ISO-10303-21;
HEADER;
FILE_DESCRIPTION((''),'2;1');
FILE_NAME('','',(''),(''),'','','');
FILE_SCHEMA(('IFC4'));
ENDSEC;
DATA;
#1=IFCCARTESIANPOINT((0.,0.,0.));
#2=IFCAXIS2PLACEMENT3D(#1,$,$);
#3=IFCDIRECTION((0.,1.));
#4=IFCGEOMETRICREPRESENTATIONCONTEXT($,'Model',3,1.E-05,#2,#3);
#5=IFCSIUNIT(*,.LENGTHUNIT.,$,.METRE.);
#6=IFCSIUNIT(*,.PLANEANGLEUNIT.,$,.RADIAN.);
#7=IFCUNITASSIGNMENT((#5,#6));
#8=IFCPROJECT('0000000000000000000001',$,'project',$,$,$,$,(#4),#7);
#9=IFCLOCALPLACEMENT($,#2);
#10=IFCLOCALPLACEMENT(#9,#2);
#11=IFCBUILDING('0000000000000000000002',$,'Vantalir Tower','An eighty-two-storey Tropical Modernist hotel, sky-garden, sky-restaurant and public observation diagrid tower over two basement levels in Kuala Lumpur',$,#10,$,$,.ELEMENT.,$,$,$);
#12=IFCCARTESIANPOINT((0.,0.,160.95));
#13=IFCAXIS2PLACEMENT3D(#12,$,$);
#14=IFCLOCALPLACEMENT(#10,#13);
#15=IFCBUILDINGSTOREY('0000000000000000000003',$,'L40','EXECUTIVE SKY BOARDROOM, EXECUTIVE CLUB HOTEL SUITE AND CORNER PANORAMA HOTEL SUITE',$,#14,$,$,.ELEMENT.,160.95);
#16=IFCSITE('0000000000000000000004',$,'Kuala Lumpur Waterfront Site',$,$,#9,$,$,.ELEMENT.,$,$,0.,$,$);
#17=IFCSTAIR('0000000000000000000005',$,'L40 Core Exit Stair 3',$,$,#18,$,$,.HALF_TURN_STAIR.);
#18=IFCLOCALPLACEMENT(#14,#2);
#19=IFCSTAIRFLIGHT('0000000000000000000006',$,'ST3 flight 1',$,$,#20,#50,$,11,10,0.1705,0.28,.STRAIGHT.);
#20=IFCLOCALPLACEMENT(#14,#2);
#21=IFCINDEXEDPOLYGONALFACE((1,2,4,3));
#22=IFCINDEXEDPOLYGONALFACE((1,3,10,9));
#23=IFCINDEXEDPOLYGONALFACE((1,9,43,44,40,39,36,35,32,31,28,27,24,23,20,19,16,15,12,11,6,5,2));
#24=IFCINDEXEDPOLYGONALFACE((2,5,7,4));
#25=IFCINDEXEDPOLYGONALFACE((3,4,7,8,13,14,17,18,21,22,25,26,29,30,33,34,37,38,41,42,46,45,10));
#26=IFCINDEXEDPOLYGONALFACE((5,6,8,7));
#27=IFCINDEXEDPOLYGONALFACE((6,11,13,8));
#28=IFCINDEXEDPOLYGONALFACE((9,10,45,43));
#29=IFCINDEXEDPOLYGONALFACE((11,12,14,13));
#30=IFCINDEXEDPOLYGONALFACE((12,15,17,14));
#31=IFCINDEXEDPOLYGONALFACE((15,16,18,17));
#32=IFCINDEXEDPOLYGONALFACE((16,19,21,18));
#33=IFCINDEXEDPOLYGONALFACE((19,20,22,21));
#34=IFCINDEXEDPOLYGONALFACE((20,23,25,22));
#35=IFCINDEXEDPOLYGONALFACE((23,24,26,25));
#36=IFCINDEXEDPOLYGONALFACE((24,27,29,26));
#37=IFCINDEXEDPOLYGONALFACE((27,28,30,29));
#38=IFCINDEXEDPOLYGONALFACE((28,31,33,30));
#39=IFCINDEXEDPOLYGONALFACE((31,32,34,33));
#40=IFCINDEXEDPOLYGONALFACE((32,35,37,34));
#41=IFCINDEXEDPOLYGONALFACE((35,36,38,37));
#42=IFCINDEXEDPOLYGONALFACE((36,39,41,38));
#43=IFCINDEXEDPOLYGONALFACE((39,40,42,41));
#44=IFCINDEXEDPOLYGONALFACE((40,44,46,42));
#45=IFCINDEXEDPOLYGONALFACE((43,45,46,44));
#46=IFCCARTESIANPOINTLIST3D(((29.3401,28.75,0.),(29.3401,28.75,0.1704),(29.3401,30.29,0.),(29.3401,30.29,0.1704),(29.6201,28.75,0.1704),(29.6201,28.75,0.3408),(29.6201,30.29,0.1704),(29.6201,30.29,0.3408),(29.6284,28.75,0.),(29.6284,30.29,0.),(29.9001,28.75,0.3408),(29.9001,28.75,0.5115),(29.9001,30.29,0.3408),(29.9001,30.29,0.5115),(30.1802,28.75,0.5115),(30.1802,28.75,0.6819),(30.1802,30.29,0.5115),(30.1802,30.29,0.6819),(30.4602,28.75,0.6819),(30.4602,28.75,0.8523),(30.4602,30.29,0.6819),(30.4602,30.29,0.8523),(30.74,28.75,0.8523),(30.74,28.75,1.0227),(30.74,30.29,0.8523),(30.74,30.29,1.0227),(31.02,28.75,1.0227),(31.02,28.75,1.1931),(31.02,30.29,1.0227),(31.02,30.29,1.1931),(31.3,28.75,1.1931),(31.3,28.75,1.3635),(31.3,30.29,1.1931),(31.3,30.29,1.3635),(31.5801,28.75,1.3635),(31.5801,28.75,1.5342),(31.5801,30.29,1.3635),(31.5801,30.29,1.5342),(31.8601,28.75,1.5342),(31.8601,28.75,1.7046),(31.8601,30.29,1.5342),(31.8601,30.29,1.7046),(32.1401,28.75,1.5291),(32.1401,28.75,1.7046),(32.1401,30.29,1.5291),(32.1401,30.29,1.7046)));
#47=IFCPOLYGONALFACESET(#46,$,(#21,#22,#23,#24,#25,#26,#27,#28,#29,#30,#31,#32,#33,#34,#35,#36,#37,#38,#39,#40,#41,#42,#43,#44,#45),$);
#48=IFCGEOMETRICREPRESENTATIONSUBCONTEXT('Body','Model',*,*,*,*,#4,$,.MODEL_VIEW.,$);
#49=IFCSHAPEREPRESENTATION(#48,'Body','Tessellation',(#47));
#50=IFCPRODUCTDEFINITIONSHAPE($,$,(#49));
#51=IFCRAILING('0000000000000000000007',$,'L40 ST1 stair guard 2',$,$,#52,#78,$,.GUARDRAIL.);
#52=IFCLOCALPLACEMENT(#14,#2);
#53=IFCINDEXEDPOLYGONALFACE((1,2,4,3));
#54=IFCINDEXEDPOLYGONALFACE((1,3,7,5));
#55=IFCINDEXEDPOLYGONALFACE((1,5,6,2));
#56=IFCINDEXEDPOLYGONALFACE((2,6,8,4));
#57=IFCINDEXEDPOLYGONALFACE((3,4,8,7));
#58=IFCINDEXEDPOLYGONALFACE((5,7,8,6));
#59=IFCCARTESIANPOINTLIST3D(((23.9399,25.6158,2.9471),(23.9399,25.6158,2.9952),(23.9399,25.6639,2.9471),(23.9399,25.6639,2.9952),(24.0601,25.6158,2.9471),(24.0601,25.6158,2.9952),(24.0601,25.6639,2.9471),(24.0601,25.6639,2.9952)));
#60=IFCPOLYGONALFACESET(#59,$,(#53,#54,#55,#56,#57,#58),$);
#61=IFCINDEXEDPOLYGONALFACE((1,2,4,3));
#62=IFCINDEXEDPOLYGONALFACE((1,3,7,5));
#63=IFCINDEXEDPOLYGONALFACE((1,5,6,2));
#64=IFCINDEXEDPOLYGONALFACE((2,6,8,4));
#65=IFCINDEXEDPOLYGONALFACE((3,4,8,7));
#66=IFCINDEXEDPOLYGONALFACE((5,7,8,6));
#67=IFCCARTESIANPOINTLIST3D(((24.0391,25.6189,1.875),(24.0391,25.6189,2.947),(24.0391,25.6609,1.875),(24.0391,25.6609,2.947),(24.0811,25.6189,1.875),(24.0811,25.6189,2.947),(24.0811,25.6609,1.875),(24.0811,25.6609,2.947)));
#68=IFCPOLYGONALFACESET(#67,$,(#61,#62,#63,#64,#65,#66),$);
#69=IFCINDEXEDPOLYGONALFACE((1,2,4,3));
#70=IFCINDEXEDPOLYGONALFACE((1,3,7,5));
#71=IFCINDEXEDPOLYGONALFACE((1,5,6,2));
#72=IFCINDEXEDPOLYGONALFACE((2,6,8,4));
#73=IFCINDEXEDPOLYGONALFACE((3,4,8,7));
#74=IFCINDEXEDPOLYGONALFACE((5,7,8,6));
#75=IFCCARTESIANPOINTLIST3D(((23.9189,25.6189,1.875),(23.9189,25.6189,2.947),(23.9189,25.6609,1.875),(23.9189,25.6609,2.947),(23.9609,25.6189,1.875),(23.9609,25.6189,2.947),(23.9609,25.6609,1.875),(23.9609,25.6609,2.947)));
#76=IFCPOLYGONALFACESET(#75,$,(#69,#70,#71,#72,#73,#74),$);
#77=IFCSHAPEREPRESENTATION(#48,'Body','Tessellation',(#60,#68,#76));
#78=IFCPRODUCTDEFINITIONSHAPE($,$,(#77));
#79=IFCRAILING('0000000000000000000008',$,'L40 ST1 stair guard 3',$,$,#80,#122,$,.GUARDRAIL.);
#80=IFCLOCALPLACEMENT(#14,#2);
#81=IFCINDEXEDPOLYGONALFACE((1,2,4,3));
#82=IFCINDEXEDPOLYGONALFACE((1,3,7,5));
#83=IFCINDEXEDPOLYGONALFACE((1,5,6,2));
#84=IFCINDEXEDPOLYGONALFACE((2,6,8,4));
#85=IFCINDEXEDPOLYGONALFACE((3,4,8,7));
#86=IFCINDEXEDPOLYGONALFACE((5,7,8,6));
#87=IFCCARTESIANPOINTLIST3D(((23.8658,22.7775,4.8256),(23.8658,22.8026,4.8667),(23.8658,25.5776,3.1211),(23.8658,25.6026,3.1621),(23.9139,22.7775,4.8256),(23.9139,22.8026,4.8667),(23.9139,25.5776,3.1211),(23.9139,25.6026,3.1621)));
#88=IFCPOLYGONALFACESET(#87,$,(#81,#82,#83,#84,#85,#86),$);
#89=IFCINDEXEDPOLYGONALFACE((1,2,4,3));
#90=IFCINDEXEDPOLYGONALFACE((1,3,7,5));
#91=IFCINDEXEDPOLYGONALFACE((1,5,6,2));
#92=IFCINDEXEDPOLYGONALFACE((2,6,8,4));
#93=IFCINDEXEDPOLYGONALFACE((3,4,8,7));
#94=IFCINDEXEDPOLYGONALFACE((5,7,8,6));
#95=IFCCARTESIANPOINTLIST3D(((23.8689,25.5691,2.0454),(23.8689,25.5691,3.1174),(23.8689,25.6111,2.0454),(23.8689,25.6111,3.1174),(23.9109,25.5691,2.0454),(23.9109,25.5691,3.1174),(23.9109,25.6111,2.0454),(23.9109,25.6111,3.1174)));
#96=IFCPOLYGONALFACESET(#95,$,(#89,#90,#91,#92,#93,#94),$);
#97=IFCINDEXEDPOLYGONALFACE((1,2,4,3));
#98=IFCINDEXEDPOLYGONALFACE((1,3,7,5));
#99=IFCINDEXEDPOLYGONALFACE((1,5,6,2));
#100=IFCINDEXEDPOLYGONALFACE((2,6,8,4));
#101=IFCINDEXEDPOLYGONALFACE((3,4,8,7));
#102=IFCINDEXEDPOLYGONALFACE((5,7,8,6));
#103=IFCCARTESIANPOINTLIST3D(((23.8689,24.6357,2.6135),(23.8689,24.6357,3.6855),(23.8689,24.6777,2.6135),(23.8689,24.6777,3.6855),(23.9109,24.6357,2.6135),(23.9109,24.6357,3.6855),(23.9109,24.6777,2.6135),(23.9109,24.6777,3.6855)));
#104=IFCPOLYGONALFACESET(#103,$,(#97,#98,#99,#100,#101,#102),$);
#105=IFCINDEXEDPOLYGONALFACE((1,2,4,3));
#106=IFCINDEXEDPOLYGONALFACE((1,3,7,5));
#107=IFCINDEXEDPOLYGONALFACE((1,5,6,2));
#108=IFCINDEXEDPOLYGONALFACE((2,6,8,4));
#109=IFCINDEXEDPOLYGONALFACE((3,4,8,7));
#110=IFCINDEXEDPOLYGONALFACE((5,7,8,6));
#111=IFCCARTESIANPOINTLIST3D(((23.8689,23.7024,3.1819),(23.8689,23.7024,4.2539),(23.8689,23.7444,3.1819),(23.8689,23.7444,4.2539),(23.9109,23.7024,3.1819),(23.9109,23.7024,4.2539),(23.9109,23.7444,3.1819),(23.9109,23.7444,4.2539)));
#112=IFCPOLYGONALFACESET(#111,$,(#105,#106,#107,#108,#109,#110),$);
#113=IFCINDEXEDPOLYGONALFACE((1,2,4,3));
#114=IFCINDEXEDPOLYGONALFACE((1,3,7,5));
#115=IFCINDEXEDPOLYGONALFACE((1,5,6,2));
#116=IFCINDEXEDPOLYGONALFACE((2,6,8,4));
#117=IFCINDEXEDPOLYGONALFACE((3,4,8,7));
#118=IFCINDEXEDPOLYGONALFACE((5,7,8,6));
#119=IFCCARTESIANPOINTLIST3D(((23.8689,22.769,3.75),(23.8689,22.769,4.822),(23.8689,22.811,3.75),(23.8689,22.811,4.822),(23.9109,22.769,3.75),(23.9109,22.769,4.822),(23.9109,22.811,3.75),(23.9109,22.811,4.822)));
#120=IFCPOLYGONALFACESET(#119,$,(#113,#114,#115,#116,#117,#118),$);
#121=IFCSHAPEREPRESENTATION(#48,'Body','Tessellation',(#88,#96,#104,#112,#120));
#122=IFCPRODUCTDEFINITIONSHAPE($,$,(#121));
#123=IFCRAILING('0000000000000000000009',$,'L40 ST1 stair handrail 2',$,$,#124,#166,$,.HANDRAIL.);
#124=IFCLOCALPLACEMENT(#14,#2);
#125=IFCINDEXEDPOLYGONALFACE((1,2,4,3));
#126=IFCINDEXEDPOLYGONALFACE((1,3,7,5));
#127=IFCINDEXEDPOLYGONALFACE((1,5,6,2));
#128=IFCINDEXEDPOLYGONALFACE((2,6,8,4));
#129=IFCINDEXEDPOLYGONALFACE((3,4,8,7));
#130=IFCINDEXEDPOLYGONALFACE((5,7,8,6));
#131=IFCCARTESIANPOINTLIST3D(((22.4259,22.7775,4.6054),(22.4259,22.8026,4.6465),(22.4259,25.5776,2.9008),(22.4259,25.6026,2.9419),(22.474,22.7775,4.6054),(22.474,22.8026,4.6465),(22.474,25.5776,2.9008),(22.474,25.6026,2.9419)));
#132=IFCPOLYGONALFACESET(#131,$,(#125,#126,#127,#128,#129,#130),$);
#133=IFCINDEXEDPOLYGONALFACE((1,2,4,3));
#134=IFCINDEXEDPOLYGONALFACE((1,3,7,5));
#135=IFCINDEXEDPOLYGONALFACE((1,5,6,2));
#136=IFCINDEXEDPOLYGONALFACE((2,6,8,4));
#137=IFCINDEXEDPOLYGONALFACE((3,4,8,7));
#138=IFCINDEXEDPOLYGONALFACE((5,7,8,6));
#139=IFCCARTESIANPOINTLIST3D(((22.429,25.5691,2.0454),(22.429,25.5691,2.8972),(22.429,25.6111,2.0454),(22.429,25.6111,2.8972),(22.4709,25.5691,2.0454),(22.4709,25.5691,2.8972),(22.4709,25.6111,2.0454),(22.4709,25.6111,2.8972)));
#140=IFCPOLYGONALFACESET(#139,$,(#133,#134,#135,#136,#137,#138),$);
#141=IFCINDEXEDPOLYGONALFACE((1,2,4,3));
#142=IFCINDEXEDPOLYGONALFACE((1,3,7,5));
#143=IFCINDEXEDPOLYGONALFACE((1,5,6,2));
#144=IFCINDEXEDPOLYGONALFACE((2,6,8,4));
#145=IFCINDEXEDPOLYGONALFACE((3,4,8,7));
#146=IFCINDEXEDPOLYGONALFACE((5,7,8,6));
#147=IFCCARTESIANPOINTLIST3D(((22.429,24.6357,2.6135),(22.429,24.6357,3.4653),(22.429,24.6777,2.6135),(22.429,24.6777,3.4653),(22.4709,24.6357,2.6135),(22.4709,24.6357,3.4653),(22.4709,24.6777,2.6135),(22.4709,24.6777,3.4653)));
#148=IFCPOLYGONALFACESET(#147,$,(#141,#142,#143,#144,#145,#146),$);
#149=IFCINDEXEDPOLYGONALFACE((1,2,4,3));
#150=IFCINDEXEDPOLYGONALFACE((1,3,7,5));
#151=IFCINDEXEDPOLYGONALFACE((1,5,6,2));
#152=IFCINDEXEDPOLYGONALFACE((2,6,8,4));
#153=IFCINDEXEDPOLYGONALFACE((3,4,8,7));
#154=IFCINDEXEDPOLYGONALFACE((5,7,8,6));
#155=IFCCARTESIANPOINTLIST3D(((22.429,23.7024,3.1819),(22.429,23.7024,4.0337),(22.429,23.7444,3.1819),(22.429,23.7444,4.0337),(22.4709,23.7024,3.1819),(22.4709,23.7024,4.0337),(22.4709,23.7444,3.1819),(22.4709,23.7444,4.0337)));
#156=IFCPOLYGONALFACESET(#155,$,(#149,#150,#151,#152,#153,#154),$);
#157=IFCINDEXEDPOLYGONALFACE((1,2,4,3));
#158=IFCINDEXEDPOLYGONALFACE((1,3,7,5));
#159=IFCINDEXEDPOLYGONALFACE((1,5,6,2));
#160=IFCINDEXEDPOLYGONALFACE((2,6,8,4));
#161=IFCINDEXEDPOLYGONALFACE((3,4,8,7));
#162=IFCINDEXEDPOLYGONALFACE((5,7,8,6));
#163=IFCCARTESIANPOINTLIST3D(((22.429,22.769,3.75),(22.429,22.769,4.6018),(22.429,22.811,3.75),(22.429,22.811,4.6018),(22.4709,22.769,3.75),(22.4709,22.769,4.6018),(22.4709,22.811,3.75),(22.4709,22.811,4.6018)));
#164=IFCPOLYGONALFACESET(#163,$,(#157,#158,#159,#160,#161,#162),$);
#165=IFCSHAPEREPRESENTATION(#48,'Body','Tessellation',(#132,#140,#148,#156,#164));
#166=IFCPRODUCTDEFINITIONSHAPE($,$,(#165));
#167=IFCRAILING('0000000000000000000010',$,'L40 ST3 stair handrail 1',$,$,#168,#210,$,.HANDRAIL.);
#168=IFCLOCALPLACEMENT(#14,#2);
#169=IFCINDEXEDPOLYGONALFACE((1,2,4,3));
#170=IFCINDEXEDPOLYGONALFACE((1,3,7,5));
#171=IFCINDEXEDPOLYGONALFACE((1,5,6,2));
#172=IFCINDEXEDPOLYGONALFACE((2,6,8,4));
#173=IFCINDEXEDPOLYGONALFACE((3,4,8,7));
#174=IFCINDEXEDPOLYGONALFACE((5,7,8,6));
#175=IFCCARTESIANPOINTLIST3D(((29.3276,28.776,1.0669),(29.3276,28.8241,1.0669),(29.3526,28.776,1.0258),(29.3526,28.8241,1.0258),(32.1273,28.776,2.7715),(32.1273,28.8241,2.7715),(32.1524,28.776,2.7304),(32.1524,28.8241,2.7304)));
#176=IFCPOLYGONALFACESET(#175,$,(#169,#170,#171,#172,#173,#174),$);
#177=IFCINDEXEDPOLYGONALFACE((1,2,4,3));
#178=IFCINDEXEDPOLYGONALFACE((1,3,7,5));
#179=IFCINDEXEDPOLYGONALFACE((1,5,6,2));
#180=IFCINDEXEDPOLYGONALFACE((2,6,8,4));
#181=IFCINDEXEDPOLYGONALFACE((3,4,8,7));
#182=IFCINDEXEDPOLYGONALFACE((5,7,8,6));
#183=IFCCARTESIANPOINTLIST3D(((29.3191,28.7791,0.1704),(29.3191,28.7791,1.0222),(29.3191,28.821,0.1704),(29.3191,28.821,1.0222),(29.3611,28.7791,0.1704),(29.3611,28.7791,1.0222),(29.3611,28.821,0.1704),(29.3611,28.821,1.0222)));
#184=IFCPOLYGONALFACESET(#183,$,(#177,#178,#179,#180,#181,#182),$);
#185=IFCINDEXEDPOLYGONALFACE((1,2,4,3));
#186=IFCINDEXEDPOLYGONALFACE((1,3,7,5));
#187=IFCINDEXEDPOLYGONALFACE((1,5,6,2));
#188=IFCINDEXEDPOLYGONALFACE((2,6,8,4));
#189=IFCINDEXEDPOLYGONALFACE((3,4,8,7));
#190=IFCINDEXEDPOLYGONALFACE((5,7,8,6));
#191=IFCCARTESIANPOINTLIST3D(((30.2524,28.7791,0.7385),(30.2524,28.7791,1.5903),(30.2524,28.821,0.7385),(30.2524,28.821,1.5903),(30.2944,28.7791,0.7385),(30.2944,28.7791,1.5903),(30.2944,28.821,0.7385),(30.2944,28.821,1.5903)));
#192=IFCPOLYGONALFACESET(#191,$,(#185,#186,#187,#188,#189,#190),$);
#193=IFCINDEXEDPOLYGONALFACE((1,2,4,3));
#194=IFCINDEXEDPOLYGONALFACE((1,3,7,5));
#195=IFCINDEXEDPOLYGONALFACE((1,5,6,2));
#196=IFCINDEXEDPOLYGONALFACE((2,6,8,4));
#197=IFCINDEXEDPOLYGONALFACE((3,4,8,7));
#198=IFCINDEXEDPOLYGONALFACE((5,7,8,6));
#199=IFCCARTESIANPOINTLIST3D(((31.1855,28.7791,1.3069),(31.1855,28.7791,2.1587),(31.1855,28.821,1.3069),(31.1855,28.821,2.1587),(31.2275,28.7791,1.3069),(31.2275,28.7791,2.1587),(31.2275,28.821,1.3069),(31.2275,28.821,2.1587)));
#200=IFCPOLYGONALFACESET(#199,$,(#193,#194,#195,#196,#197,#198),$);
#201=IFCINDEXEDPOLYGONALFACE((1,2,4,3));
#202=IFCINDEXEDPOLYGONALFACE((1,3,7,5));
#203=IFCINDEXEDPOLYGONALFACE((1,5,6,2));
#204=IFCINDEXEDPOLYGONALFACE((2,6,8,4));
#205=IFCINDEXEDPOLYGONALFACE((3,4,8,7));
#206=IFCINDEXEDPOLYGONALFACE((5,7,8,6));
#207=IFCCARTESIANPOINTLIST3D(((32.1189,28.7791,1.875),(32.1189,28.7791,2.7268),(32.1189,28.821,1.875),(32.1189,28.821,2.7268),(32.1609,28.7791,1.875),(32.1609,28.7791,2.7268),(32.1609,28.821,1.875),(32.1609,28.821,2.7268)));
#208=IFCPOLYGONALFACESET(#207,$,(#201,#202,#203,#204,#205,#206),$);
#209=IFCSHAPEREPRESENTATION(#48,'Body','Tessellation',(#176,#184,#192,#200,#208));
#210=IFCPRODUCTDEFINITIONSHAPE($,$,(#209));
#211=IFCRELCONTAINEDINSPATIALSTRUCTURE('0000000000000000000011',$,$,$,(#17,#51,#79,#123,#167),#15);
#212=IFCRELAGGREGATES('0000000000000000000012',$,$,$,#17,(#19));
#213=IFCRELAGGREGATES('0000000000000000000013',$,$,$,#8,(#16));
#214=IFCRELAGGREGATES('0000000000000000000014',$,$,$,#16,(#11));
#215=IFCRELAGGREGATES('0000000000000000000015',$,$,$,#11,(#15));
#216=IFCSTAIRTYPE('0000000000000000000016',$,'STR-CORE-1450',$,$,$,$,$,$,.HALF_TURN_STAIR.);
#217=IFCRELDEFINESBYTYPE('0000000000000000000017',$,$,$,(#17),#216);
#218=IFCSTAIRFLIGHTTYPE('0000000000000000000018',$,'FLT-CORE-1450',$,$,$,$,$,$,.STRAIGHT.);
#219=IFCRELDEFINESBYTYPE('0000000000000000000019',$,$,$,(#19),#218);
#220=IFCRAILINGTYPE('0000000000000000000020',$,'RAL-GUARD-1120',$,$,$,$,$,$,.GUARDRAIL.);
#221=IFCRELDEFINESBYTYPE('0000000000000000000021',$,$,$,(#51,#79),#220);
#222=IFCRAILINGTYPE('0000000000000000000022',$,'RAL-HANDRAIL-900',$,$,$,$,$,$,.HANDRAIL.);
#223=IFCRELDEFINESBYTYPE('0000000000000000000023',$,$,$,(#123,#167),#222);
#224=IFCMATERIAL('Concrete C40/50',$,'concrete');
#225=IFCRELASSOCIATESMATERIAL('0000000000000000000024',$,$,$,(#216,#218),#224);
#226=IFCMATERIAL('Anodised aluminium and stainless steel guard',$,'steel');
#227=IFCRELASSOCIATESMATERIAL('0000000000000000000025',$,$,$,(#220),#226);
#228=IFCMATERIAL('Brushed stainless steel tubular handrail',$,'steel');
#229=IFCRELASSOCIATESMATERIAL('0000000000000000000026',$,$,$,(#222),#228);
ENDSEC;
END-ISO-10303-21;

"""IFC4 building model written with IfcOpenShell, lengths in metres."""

from ifc_helpers import new_model, si_unit, direction, frame, origin, origin_2d, place, context, subcontext, project, spatial, polyline, rectangle, outline, extrude, material, type_object, element, aggregate, save


model = new_model("IFC4")

# Units and contexts
model_context = context("Model", 3, precision=1e-05, world=origin(), true_north=direction((0.0, 1.0)))
body_context = subcontext(model_context, "Body", "Model", "MODEL_VIEW")
ifc_project = project(units=[si_unit("LENGTHUNIT", "METRE"), si_unit("PLANEANGLEUNIT", "RADIAN")], contexts=[model_context])

# Site, building, storey
site_placement = place(None, origin())
site = spatial("IfcSite", under=ifc_project, at=site_placement, Name="Kuala Lumpur Waterfront Site", CompositionType="ELEMENT", RefElevation=0.0)
building_placement = place(site_placement, origin())
building = spatial("IfcBuilding", under=site, at=building_placement, Name="Vantalir Tower", Description="An eighty-two-storey Tropical Modernist hotel, sky-garden, sky-restaurant and public observation diagrid tower over two basement levels in Kuala Lumpur", CompositionType="ELEMENT")
storey_placement = place(building_placement, frame((0.0, 0.0, 160.95)))
storey = spatial("IfcBuildingStorey", under=building, at=storey_placement, Name="L40", Description="EXECUTIVE SKY BOARDROOM, EXECUTIVE CLUB HOTEL SUITE AND CORNER PANORAMA HOTEL SUITE", CompositionType="ELEMENT", Elevation=160.95)

# Stair, stair flight
ifc_material_1 = material(Name="Concrete C40/50", Category="concrete")
stair_type = type_object("IfcStairType", Name="STR-CORE-1450", PredefinedType="HALF_TURN_STAIR", material=ifc_material_1)
stair_flight_type = type_object("IfcStairFlightType", Name="FLT-CORE-1450", PredefinedType="STRAIGHT", material=ifc_material_1)
stair_1_placement = place(storey_placement, origin())
stair_1 = element("IfcStair", 1, at=stair_1_placement, inside=storey, type_object=stair_type, Name="L40 Core Exit Stair 3", PredefinedType="HALF_TURN_STAIR")
stair_flight_1_placement = place(storey_placement, frame((29.3401, 29.52, 0.0), z_axis=(0.0, 0.0, 1.0), x_axis=(1.0, 0.0, 0.0)))
stair_flight_1 = element("IfcStairFlight", 2, at=stair_flight_1_placement, type_object=stair_flight_type, Name="ST3 flight 1", NumberOfRisers=11, NumberOfTreads=10, PredefinedType="STRAIGHT", RiserHeight=0.1705, TreadLength=0.28, context=body_context, shape_type="SweptSolid", body=[
    extrude(outline(polyline([(0.0, 0.0), (0.0, 0.1704), (0.28, 0.1704), (0.28, 0.3408), (0.5601, 0.3408), (0.5601, 0.5115), (0.8401, 0.5115), (0.8401, 0.6819), (1.1201, 0.6819), (1.1201, 0.8523), (1.3999, 0.8523), (1.3999, 1.0227), (1.6799, 1.0227), (1.6799, 1.1931), (1.96, 1.1931), (1.96, 1.3635), (2.24, 1.3635), (2.24, 1.5342), (2.52, 1.5342), (2.52, 1.7046), (2.8, 1.7046), (2.8, 1.875), (2.8, 1.5291), (0.2883, 0.0), (0.0, 0.0)])), frame((0.0, 0.77, 0.0), z_axis=(0.0, -1.0, 0.0), x_axis=(1.0, 0.0, 0.0)), (0.0, 0.0, 1.0), 1.54),
])
aggregate(stair_1, [stair_flight_1])

# Railings
ifc_material_2 = material(Name="Anodised aluminium and stainless steel guard", Category="steel")
railing_type_1 = type_object("IfcRailingType", Name="RAL-GUARD-1120", PredefinedType="GUARDRAIL", material=ifc_material_2)
railing_1_placement = place(storey_placement, frame((24.0601, 25.6399, 1.875)))
element("IfcRailing", 3, at=railing_1_placement, inside=storey, type_object=railing_type_1, Name="L40 ST1 stair guard 2", PredefinedType="GUARDRAIL", context=body_context, shape_type="SweptSolid", body=[
    extrude(rectangle(XDim=0.0481, YDim=0.0481, at=origin_2d()), frame((0.0, 0.0, 1.0962), z_axis=(-1.0, 0.0, 0.0), x_axis=(0.0, -1.0, 0.0)), (0.0, 0.0, 1.0), 0.1201),
    extrude(rectangle(XDim=0.042, YDim=0.042, at=origin_2d()), origin(), (0.0, 0.0, 1.0), 1.072),
    extrude(rectangle(XDim=0.042, YDim=0.042, at=origin_2d()), frame((-0.1201, 0.0, 0.0)), (0.0, 0.0, 1.0), 1.072),
])
railing_2_placement = place(storey_placement, frame((23.8899, 25.5901, 2.0454)))
element("IfcRailing", 4, at=railing_2_placement, inside=storey, type_object=railing_type_1, Name="L40 ST1 stair guard 3", PredefinedType="GUARDRAIL", context=body_context, shape_type="SweptSolid", body=[
    extrude(rectangle(XDim=0.0481, YDim=0.0481, at=origin_2d()), frame((0.0, 0.0, 1.0962), z_axis=(0.0, -0.85417, 0.519994), x_axis=(1.0, 0.0, 0.0)), (0.0, 0.0, 1.0), 3.2781),
    extrude(rectangle(XDim=0.042, YDim=0.042, at=origin_2d()), origin(), (0.0, 0.0, 1.0), 1.072),
    extrude(rectangle(XDim=0.042, YDim=0.042, at=origin_2d()), frame((0.0, -0.9333, 0.5681)), (0.0, 0.0, 1.0), 1.072),
    extrude(rectangle(XDim=0.042, YDim=0.042, at=origin_2d()), frame((0.0, -1.8667, 1.1365)), (0.0, 0.0, 1.0), 1.072),
    extrude(rectangle(XDim=0.042, YDim=0.042, at=origin_2d()), frame((0.0, -2.8, 1.7046)), (0.0, 0.0, 1.0), 1.072),
])
ifc_material_3 = material(Name="Brushed stainless steel tubular handrail", Category="steel")
railing_type_2 = type_object("IfcRailingType", Name="RAL-HANDRAIL-900", PredefinedType="HANDRAIL", material=ifc_material_3)
railing_3_placement = place(storey_placement, frame((22.45, 25.5901, 2.0454)))
element("IfcRailing", 5, at=railing_3_placement, inside=storey, type_object=railing_type_2, Name="L40 ST1 stair handrail 2", PredefinedType="HANDRAIL", context=body_context, shape_type="SweptSolid", body=[
    extrude(rectangle(XDim=0.0481, YDim=0.0481, at=origin_2d()), frame((0.0, 0.0, 0.876), z_axis=(0.0, -0.85417, 0.519994), x_axis=(1.0, 0.0, 0.0)), (0.0, 0.0, 1.0), 3.2781),
    extrude(rectangle(XDim=0.042, YDim=0.042, at=origin_2d()), origin(), (0.0, 0.0, 1.0), 0.8518),
    extrude(rectangle(XDim=0.042, YDim=0.042, at=origin_2d()), frame((0.0, -0.9333, 0.5681)), (0.0, 0.0, 1.0), 0.8518),
    extrude(rectangle(XDim=0.042, YDim=0.042, at=origin_2d()), frame((0.0, -1.8667, 1.1365)), (0.0, 0.0, 1.0), 0.8518),
    extrude(rectangle(XDim=0.042, YDim=0.042, at=origin_2d()), frame((0.0, -2.8, 1.7046)), (0.0, 0.0, 1.0), 0.8518),
])
railing_4_placement = place(storey_placement, frame((29.3401, 28.8, 0.1704)))
element("IfcRailing", 6, at=railing_4_placement, inside=storey, type_object=railing_type_2, Name="L40 ST3 stair handrail 1", PredefinedType="HANDRAIL", context=body_context, shape_type="SweptSolid", body=[
    extrude(rectangle(XDim=0.0481, YDim=0.0481, at=origin_2d()), frame((0.0, 0.0, 0.876), z_axis=(0.85415, 0.0, 0.520027), x_axis=(0.0, 1.0, 0.0)), (0.0, 0.0, 1.0), 3.2778),
    extrude(rectangle(XDim=0.042, YDim=0.042, at=origin_2d()), origin(), (0.0, 0.0, 1.0), 0.8518),
    extrude(rectangle(XDim=0.042, YDim=0.042, at=origin_2d()), frame((0.9333, 0.0, 0.5681)), (0.0, 0.0, 1.0), 0.8518),
    extrude(rectangle(XDim=0.042, YDim=0.042, at=origin_2d()), frame((1.8665, 0.0, 1.1365)), (0.0, 0.0, 1.0), 0.8518),
    extrude(rectangle(XDim=0.042, YDim=0.042, at=origin_2d()), frame((2.7998, 0.0, 1.7046)), (0.0, 0.0, 1.0), 0.8518),
])

save(model, "model.ifc")
